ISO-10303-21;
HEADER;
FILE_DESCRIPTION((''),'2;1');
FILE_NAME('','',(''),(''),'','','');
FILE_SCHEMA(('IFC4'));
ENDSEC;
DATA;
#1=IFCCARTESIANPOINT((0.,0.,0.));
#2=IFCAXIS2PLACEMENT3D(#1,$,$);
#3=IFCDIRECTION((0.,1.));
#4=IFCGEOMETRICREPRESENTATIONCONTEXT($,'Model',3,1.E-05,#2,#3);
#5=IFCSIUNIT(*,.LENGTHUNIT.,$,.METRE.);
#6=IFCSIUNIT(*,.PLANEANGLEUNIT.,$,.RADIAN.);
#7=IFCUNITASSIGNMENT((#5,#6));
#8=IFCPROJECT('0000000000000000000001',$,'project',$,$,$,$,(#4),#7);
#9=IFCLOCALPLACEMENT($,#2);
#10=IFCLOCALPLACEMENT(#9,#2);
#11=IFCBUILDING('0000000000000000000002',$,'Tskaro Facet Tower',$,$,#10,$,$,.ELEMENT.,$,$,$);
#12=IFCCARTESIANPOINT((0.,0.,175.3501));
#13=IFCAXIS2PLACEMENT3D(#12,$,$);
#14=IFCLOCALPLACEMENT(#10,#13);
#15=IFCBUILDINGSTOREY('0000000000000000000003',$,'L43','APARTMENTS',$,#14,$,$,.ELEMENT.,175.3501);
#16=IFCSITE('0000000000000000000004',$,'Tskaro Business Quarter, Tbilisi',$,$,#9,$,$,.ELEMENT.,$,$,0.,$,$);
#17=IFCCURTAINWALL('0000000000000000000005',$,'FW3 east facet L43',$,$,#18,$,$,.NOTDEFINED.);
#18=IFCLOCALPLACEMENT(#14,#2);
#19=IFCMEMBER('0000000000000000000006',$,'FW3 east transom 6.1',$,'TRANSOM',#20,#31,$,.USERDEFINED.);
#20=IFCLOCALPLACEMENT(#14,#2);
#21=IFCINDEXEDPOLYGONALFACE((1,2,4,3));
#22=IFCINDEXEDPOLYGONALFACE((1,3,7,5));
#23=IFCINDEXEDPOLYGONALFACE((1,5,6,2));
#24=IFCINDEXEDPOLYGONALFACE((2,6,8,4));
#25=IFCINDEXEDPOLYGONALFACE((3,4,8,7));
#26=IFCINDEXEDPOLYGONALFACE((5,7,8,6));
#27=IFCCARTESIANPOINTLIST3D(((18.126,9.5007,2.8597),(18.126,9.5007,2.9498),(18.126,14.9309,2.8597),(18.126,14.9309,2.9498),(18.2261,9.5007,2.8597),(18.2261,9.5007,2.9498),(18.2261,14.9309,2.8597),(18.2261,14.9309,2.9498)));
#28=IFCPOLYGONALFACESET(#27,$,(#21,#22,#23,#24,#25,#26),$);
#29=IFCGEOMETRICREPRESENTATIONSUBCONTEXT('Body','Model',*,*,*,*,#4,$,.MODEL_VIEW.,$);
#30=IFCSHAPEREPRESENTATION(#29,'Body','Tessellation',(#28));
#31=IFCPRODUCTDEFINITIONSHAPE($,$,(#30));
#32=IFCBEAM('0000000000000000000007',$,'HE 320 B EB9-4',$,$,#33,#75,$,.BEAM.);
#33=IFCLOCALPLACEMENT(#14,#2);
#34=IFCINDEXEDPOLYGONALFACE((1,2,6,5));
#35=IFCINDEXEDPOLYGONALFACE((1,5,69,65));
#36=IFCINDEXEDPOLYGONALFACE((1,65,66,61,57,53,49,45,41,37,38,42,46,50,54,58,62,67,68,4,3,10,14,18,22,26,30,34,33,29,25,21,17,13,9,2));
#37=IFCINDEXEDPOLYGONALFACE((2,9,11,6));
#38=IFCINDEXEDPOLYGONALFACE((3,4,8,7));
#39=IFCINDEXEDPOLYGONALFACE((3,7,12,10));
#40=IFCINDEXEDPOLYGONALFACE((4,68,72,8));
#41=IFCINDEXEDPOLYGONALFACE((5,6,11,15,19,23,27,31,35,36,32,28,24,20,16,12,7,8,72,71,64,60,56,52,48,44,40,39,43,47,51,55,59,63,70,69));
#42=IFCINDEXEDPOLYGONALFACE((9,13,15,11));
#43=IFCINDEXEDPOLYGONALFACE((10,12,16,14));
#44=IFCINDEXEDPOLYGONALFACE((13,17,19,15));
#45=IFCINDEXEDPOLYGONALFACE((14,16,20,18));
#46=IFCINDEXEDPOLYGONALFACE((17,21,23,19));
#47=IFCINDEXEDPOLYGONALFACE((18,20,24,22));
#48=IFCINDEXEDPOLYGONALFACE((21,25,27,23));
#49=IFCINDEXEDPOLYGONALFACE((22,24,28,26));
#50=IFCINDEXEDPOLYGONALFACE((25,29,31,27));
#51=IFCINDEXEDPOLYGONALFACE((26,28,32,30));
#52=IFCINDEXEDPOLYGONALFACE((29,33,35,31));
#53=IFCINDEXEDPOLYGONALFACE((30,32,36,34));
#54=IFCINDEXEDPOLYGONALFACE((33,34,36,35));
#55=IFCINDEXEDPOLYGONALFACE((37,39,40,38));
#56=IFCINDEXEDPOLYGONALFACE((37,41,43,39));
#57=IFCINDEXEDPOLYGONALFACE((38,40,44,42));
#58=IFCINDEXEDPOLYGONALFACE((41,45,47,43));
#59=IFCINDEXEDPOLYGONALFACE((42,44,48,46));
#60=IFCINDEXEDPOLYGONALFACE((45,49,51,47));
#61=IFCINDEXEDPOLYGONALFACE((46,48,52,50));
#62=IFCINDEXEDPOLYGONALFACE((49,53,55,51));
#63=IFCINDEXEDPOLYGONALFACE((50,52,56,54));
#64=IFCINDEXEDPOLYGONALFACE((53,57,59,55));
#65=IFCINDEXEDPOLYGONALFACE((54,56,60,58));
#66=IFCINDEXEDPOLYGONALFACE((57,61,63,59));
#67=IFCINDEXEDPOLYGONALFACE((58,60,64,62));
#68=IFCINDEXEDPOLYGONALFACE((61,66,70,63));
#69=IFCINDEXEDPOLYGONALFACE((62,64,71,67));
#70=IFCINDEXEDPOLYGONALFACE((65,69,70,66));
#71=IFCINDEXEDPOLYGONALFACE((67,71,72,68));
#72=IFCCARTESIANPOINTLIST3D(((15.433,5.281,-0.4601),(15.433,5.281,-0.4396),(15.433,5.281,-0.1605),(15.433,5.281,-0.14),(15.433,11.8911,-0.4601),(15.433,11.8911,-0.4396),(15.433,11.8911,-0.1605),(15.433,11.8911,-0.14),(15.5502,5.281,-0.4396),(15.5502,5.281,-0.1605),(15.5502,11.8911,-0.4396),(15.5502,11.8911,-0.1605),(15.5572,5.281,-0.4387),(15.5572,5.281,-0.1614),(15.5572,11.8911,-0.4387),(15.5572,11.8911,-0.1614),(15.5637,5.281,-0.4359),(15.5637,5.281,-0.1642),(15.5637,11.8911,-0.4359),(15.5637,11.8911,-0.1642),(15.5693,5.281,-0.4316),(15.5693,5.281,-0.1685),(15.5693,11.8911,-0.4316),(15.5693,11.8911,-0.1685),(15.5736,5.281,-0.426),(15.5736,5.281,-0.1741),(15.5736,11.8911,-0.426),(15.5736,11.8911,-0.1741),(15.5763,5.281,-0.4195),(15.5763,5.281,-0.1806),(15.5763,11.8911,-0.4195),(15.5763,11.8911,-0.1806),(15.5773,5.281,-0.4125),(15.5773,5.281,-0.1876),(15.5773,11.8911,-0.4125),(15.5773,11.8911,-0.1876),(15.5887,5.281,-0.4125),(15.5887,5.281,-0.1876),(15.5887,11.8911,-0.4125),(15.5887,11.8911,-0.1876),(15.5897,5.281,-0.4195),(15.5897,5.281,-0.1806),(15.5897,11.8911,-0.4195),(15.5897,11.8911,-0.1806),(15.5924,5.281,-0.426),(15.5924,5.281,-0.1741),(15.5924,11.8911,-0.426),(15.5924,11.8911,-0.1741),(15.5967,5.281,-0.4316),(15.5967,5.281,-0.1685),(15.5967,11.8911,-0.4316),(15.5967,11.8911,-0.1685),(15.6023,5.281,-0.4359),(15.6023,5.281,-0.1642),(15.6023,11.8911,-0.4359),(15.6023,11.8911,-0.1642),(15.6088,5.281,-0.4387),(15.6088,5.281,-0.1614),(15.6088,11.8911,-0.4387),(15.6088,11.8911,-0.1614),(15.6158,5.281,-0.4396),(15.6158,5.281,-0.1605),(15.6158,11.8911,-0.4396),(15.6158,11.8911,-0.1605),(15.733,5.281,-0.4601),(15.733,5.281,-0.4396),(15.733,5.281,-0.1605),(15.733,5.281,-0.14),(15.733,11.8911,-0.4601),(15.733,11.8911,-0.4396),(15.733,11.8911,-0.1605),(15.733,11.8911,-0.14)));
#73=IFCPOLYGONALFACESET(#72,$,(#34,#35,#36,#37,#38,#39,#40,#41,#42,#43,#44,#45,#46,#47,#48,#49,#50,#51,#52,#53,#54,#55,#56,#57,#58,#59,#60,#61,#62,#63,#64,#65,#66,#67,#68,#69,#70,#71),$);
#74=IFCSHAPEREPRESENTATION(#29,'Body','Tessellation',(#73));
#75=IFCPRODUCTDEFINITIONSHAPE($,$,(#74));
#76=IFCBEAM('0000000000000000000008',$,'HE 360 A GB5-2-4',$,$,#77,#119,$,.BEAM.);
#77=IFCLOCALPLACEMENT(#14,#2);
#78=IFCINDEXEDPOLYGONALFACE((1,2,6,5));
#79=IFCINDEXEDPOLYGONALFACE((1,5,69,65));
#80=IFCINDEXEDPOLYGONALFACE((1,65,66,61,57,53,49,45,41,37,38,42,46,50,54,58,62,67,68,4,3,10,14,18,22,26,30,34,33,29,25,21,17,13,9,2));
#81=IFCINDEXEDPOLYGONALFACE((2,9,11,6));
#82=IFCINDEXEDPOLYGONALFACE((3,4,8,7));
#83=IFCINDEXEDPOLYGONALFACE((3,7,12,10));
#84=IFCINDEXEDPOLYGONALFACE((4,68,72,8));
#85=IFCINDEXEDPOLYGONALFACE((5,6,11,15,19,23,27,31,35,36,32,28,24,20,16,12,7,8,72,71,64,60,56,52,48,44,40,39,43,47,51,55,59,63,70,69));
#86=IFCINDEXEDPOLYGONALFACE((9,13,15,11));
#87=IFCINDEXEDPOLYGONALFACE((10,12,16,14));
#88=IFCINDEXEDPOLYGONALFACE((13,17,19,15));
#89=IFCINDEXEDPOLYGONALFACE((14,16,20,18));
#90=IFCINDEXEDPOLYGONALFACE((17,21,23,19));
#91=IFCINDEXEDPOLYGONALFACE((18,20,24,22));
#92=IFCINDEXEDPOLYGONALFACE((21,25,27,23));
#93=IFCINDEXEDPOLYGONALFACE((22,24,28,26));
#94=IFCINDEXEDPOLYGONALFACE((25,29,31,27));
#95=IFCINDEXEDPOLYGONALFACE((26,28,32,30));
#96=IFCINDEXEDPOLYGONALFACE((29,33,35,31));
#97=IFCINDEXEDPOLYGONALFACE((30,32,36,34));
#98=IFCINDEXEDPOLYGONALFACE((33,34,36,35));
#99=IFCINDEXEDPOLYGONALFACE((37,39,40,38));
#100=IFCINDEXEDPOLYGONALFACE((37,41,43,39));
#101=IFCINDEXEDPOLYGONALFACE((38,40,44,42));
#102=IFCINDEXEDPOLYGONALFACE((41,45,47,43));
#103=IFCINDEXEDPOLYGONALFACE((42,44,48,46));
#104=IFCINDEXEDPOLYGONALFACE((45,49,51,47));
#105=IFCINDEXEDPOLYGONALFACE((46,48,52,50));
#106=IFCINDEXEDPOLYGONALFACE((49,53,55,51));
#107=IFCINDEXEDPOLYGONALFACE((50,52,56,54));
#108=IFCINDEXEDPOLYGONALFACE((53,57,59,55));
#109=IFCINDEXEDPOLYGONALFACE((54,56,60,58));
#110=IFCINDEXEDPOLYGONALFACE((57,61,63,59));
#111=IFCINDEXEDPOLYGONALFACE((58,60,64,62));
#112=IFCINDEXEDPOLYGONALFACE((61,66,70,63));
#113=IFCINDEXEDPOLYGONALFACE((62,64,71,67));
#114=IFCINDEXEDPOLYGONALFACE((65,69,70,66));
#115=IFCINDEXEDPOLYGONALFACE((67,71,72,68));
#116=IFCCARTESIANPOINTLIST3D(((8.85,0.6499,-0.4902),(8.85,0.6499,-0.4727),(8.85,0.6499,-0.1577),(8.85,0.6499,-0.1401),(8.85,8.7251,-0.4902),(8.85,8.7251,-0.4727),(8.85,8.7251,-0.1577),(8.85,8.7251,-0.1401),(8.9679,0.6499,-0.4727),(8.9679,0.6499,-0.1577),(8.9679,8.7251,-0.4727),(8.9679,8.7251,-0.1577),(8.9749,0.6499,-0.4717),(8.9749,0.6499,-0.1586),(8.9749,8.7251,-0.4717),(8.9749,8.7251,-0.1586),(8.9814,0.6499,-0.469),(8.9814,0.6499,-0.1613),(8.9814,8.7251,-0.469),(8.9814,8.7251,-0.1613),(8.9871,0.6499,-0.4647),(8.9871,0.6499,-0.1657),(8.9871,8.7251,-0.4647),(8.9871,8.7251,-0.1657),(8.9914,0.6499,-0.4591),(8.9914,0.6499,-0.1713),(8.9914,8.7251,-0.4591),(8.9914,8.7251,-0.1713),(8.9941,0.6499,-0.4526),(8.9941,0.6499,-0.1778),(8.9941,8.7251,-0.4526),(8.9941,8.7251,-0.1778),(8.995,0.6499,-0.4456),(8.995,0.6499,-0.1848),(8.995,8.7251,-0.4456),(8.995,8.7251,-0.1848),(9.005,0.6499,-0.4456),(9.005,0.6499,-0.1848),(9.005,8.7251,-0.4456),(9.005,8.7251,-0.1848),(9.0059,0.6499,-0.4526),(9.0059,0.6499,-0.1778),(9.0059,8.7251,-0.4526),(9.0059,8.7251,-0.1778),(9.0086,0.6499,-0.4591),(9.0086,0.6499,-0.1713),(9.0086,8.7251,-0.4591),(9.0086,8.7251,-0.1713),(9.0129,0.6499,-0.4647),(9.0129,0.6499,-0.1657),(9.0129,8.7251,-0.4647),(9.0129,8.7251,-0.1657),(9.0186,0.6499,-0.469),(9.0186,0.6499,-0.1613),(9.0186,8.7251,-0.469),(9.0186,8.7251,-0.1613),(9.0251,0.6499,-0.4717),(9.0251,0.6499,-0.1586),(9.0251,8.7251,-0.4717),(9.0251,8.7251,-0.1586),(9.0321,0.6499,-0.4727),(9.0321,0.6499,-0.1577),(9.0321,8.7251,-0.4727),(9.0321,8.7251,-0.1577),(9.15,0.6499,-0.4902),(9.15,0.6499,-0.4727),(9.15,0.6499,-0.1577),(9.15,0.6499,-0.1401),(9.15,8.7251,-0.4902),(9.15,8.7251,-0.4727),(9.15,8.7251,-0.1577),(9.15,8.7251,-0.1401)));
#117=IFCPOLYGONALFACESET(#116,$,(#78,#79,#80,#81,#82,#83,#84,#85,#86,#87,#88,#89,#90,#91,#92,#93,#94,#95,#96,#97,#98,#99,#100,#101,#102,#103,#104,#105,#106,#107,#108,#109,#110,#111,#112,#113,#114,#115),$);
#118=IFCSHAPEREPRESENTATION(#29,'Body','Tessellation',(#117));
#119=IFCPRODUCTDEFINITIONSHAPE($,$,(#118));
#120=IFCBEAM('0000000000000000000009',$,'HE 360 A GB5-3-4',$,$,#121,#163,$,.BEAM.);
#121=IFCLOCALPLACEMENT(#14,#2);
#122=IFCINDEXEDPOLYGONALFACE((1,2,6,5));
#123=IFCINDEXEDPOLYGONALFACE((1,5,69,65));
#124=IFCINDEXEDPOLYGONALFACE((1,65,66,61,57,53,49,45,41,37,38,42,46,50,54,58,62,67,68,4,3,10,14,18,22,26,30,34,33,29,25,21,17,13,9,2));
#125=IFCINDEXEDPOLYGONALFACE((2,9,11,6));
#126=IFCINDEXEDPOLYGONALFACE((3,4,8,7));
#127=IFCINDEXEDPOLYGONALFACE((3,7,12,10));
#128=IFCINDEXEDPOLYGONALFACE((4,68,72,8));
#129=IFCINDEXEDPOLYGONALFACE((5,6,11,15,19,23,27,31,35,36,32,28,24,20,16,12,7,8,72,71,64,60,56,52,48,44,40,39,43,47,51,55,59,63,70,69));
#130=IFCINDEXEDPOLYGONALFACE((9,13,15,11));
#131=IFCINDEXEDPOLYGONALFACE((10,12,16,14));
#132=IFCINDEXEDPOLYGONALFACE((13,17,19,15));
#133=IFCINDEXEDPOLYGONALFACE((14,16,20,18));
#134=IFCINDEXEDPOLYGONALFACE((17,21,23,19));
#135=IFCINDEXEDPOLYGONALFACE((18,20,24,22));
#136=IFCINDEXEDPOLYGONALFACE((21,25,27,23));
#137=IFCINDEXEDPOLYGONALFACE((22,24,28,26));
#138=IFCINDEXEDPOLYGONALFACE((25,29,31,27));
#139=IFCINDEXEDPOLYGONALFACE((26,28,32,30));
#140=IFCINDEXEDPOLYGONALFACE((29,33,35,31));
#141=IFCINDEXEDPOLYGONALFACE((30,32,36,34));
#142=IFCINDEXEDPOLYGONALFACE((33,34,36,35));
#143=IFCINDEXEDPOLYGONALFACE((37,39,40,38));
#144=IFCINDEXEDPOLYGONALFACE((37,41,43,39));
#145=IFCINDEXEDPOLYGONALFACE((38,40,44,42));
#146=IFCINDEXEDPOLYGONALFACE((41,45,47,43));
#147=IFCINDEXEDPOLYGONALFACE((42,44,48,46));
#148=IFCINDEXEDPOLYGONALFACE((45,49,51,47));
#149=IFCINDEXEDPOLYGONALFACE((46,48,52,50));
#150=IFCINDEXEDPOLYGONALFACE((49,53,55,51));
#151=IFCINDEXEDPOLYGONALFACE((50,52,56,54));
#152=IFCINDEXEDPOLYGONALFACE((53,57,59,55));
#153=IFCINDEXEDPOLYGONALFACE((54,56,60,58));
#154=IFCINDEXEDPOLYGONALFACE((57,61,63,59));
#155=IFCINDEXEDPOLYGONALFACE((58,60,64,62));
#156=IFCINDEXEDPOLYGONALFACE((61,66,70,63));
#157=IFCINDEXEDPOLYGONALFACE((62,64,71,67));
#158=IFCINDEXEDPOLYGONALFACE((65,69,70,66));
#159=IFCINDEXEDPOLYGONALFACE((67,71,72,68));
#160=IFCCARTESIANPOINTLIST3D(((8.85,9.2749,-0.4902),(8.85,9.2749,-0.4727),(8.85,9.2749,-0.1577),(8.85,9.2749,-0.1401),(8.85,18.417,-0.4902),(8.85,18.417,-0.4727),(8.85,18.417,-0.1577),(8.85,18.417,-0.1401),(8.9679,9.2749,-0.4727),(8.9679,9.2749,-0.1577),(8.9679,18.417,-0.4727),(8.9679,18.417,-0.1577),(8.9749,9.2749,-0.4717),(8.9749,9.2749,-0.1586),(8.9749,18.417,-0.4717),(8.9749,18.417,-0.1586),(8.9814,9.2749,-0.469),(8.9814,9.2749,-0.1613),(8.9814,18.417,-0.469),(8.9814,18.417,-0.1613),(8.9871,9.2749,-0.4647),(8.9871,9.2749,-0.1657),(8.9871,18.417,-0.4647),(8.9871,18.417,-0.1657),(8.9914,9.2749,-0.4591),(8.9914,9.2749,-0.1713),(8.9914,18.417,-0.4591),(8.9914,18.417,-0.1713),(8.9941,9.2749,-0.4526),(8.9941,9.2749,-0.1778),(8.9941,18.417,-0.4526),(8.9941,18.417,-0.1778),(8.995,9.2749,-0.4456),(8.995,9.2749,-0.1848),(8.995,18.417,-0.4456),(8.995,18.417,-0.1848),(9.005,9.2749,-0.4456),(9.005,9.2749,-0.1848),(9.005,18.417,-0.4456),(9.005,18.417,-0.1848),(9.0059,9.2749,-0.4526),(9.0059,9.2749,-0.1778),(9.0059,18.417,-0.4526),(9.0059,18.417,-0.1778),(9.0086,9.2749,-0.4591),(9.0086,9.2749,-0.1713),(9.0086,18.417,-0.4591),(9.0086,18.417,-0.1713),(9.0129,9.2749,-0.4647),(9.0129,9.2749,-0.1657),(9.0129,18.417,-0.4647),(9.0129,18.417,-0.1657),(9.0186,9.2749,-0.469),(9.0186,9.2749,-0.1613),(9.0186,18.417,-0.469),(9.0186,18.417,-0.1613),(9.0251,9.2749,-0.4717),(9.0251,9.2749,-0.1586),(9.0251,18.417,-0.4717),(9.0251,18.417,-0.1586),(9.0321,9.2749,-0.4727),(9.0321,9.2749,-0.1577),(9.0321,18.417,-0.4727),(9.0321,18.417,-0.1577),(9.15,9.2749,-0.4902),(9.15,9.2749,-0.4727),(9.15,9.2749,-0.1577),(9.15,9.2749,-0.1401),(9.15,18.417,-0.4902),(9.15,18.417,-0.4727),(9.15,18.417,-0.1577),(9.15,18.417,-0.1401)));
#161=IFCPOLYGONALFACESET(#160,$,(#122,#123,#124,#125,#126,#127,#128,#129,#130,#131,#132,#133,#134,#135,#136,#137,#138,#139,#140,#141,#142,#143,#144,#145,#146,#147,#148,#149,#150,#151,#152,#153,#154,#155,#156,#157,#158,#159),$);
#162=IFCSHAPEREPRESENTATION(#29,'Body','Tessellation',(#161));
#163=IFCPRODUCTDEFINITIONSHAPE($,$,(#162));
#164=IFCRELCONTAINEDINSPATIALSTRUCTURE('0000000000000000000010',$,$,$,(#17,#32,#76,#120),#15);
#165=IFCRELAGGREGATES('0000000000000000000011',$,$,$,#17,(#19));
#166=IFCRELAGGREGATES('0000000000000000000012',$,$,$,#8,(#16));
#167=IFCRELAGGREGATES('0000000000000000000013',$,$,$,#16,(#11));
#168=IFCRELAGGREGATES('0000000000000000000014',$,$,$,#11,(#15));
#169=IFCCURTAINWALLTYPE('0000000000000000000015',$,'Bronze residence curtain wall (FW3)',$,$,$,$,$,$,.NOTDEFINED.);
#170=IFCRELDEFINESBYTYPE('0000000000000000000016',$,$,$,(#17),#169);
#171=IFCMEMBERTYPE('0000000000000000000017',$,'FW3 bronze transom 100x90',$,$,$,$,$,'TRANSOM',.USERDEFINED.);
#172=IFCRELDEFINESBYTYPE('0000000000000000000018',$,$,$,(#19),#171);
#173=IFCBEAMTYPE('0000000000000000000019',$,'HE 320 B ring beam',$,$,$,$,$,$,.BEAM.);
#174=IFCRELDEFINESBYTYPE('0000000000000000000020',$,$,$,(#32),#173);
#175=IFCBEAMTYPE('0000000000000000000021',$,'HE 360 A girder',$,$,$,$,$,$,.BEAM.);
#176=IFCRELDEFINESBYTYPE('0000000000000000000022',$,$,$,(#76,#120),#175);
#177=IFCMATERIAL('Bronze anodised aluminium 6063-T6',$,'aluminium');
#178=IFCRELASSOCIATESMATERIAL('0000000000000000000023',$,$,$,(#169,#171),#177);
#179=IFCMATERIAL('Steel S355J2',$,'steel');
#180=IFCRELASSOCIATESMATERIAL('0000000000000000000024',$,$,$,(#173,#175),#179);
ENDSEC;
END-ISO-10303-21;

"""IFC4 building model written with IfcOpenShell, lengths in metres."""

from ifc_helpers import new_model, si_unit, direction, frame, origin, origin_2d, place, context, subcontext, project, spatial, rectangle, i_section, extrude, material, material_profile, profile_set, type_object, element, aggregate, save


model = new_model("IFC4")

# Units and contexts
model_context = context("Model", 3, precision=1e-05, world=origin(), true_north=direction((0.0, 1.0)))
body_context = subcontext(model_context, "Body", "Model", "MODEL_VIEW")
ifc_project = project(units=[si_unit("LENGTHUNIT", "METRE"), si_unit("PLANEANGLEUNIT", "RADIAN")], contexts=[model_context])

# Site, building, storey
site_placement = place(None, origin())
site = spatial("IfcSite", under=ifc_project, at=site_placement, Name="Tskaro Business Quarter, Tbilisi", CompositionType="ELEMENT", RefElevation=0.0)
building_placement = place(site_placement, origin())
building = spatial("IfcBuilding", under=site, at=building_placement, Name="Tskaro Facet Tower", CompositionType="ELEMENT")
storey_placement = place(building_placement, frame((0.0, 0.0, 175.3501)))
storey = spatial("IfcBuildingStorey", under=building, at=storey_placement, Name="L43", Description="APARTMENTS", CompositionType="ELEMENT", Elevation=175.3501)

# Curtain wall, member
ifc_material_1 = material(Name="Bronze anodised aluminium 6063-T6", Category="aluminium")
curtain_wall_type = type_object("IfcCurtainWallType", Name="Bronze residence curtain wall (FW3)", PredefinedType="NOTDEFINED", material=ifc_material_1)
curtain_wall_placement = place(storey_placement, origin())
curtain_wall = element("IfcCurtainWall", 1, at=curtain_wall_placement, inside=storey, type_object=curtain_wall_type, Name="FW3 east facet L43", PredefinedType="NOTDEFINED")
ifc_material_profile_1 = material_profile(ifc_material_1, rectangle(XDim=0.1001, YDim=0.0901, at=origin_2d()), Name="Transom 100x90")
ifc_profile_set_1 = profile_set([ifc_material_profile_1], Name="Bronze anodised aluminium 6063-T6")
member_type_1 = type_object("IfcMemberType", Name="FW3 bronze transom 100x90", ElementType="TRANSOM", PredefinedType="USERDEFINED", material=ifc_profile_set_1)
member_1_placement = place(storey_placement, frame((18.176, 9.5007, 2.9048), z_axis=(0.0, 1.0, 0.0), x_axis=(-1.0, 0.0, 0.0)))
member_1 = element("IfcMember", 2, at=member_1_placement, type_object=member_type_1, Name="FW3 east transom 6.1", ObjectType="TRANSOM", PredefinedType="USERDEFINED", context=body_context, shape_type="SweptSolid", body=[
    extrude(rectangle(XDim=0.1001, YDim=0.0901, at=origin_2d()), origin(), (0.0, 0.0, 1.0), 5.4302),
])

# Beams
ifc_material_2 = material(Name="Steel S355J2", Category="steel")
ifc_material_profile_2 = material_profile(ifc_material_2, i_section(OverallWidth=0.3, OverallDepth=0.3201, WebThickness=0.0115, FlangeThickness=0.0205, FilletRadius=0.0271, at=origin_2d()), Name="HE 320 B")
ifc_profile_set_2 = profile_set([ifc_material_profile_2], Name="Steel S355J2")
beam_type_1 = type_object("IfcBeamType", Name="HE 320 B ring beam", PredefinedType="BEAM", material=ifc_profile_set_2)
beam_1_placement = place(storey_placement, frame((15.583, 5.281, -0.3), z_axis=(0.0, 1.0, 0.0), x_axis=(-1.0, 0.0, 0.0)))
element("IfcBeam", 3, at=beam_1_placement, inside=storey, type_object=beam_type_1, Name="HE 320 B EB9-4", PredefinedType="BEAM", context=body_context, shape_type="SweptSolid", body=[
    extrude(i_section(OverallWidth=0.3, OverallDepth=0.3201, WebThickness=0.0115, FlangeThickness=0.0205, FilletRadius=0.0271, at=origin_2d()), origin(), (0.0, 0.0, 1.0), 6.6101),
])
ifc_material_profile_3 = material_profile(ifc_material_2, i_section(OverallWidth=0.3, OverallDepth=0.3501, WebThickness=0.01, FlangeThickness=0.0176, FilletRadius=0.0271, at=origin_2d()), Name="HE 360 A")
ifc_profile_set_3 = profile_set([ifc_material_profile_3], Name="Steel S355J2")
beam_type_2 = type_object("IfcBeamType", Name="HE 360 A girder", PredefinedType="BEAM", material=ifc_profile_set_3)
beam_2_placement = place(storey_placement, frame((9.0, 0.6499, -0.3152), z_axis=(0.0, 1.0, 0.0), x_axis=(-1.0, 0.0, 0.0)))
element("IfcBeam", 4, at=beam_2_placement, inside=storey, type_object=beam_type_2, Name="HE 360 A GB5-2-4", PredefinedType="BEAM", context=body_context, shape_type="SweptSolid", body=[
    extrude(i_section(OverallWidth=0.3, OverallDepth=0.3501, WebThickness=0.01, FlangeThickness=0.0176, FilletRadius=0.0271, at=origin_2d()), origin(), (0.0, 0.0, 1.0), 8.0752),
])
beam_3_placement = place(storey_placement, frame((9.0, 9.2749, -0.3152), z_axis=(0.0, 1.0, 0.0), x_axis=(-1.0, 0.0, 0.0)))
element("IfcBeam", 5, at=beam_3_placement, inside=storey, type_object=beam_type_2, Name="HE 360 A GB5-3-4", PredefinedType="BEAM", context=body_context, shape_type="SweptSolid", body=[
    extrude(i_section(OverallWidth=0.3, OverallDepth=0.3501, WebThickness=0.01, FlangeThickness=0.0176, FilletRadius=0.0271, at=origin_2d()), origin(), (0.0, 0.0, 1.0), 9.1421),
])

aggregate(curtain_wall, [member_1])

save(model, "model.ifc")
